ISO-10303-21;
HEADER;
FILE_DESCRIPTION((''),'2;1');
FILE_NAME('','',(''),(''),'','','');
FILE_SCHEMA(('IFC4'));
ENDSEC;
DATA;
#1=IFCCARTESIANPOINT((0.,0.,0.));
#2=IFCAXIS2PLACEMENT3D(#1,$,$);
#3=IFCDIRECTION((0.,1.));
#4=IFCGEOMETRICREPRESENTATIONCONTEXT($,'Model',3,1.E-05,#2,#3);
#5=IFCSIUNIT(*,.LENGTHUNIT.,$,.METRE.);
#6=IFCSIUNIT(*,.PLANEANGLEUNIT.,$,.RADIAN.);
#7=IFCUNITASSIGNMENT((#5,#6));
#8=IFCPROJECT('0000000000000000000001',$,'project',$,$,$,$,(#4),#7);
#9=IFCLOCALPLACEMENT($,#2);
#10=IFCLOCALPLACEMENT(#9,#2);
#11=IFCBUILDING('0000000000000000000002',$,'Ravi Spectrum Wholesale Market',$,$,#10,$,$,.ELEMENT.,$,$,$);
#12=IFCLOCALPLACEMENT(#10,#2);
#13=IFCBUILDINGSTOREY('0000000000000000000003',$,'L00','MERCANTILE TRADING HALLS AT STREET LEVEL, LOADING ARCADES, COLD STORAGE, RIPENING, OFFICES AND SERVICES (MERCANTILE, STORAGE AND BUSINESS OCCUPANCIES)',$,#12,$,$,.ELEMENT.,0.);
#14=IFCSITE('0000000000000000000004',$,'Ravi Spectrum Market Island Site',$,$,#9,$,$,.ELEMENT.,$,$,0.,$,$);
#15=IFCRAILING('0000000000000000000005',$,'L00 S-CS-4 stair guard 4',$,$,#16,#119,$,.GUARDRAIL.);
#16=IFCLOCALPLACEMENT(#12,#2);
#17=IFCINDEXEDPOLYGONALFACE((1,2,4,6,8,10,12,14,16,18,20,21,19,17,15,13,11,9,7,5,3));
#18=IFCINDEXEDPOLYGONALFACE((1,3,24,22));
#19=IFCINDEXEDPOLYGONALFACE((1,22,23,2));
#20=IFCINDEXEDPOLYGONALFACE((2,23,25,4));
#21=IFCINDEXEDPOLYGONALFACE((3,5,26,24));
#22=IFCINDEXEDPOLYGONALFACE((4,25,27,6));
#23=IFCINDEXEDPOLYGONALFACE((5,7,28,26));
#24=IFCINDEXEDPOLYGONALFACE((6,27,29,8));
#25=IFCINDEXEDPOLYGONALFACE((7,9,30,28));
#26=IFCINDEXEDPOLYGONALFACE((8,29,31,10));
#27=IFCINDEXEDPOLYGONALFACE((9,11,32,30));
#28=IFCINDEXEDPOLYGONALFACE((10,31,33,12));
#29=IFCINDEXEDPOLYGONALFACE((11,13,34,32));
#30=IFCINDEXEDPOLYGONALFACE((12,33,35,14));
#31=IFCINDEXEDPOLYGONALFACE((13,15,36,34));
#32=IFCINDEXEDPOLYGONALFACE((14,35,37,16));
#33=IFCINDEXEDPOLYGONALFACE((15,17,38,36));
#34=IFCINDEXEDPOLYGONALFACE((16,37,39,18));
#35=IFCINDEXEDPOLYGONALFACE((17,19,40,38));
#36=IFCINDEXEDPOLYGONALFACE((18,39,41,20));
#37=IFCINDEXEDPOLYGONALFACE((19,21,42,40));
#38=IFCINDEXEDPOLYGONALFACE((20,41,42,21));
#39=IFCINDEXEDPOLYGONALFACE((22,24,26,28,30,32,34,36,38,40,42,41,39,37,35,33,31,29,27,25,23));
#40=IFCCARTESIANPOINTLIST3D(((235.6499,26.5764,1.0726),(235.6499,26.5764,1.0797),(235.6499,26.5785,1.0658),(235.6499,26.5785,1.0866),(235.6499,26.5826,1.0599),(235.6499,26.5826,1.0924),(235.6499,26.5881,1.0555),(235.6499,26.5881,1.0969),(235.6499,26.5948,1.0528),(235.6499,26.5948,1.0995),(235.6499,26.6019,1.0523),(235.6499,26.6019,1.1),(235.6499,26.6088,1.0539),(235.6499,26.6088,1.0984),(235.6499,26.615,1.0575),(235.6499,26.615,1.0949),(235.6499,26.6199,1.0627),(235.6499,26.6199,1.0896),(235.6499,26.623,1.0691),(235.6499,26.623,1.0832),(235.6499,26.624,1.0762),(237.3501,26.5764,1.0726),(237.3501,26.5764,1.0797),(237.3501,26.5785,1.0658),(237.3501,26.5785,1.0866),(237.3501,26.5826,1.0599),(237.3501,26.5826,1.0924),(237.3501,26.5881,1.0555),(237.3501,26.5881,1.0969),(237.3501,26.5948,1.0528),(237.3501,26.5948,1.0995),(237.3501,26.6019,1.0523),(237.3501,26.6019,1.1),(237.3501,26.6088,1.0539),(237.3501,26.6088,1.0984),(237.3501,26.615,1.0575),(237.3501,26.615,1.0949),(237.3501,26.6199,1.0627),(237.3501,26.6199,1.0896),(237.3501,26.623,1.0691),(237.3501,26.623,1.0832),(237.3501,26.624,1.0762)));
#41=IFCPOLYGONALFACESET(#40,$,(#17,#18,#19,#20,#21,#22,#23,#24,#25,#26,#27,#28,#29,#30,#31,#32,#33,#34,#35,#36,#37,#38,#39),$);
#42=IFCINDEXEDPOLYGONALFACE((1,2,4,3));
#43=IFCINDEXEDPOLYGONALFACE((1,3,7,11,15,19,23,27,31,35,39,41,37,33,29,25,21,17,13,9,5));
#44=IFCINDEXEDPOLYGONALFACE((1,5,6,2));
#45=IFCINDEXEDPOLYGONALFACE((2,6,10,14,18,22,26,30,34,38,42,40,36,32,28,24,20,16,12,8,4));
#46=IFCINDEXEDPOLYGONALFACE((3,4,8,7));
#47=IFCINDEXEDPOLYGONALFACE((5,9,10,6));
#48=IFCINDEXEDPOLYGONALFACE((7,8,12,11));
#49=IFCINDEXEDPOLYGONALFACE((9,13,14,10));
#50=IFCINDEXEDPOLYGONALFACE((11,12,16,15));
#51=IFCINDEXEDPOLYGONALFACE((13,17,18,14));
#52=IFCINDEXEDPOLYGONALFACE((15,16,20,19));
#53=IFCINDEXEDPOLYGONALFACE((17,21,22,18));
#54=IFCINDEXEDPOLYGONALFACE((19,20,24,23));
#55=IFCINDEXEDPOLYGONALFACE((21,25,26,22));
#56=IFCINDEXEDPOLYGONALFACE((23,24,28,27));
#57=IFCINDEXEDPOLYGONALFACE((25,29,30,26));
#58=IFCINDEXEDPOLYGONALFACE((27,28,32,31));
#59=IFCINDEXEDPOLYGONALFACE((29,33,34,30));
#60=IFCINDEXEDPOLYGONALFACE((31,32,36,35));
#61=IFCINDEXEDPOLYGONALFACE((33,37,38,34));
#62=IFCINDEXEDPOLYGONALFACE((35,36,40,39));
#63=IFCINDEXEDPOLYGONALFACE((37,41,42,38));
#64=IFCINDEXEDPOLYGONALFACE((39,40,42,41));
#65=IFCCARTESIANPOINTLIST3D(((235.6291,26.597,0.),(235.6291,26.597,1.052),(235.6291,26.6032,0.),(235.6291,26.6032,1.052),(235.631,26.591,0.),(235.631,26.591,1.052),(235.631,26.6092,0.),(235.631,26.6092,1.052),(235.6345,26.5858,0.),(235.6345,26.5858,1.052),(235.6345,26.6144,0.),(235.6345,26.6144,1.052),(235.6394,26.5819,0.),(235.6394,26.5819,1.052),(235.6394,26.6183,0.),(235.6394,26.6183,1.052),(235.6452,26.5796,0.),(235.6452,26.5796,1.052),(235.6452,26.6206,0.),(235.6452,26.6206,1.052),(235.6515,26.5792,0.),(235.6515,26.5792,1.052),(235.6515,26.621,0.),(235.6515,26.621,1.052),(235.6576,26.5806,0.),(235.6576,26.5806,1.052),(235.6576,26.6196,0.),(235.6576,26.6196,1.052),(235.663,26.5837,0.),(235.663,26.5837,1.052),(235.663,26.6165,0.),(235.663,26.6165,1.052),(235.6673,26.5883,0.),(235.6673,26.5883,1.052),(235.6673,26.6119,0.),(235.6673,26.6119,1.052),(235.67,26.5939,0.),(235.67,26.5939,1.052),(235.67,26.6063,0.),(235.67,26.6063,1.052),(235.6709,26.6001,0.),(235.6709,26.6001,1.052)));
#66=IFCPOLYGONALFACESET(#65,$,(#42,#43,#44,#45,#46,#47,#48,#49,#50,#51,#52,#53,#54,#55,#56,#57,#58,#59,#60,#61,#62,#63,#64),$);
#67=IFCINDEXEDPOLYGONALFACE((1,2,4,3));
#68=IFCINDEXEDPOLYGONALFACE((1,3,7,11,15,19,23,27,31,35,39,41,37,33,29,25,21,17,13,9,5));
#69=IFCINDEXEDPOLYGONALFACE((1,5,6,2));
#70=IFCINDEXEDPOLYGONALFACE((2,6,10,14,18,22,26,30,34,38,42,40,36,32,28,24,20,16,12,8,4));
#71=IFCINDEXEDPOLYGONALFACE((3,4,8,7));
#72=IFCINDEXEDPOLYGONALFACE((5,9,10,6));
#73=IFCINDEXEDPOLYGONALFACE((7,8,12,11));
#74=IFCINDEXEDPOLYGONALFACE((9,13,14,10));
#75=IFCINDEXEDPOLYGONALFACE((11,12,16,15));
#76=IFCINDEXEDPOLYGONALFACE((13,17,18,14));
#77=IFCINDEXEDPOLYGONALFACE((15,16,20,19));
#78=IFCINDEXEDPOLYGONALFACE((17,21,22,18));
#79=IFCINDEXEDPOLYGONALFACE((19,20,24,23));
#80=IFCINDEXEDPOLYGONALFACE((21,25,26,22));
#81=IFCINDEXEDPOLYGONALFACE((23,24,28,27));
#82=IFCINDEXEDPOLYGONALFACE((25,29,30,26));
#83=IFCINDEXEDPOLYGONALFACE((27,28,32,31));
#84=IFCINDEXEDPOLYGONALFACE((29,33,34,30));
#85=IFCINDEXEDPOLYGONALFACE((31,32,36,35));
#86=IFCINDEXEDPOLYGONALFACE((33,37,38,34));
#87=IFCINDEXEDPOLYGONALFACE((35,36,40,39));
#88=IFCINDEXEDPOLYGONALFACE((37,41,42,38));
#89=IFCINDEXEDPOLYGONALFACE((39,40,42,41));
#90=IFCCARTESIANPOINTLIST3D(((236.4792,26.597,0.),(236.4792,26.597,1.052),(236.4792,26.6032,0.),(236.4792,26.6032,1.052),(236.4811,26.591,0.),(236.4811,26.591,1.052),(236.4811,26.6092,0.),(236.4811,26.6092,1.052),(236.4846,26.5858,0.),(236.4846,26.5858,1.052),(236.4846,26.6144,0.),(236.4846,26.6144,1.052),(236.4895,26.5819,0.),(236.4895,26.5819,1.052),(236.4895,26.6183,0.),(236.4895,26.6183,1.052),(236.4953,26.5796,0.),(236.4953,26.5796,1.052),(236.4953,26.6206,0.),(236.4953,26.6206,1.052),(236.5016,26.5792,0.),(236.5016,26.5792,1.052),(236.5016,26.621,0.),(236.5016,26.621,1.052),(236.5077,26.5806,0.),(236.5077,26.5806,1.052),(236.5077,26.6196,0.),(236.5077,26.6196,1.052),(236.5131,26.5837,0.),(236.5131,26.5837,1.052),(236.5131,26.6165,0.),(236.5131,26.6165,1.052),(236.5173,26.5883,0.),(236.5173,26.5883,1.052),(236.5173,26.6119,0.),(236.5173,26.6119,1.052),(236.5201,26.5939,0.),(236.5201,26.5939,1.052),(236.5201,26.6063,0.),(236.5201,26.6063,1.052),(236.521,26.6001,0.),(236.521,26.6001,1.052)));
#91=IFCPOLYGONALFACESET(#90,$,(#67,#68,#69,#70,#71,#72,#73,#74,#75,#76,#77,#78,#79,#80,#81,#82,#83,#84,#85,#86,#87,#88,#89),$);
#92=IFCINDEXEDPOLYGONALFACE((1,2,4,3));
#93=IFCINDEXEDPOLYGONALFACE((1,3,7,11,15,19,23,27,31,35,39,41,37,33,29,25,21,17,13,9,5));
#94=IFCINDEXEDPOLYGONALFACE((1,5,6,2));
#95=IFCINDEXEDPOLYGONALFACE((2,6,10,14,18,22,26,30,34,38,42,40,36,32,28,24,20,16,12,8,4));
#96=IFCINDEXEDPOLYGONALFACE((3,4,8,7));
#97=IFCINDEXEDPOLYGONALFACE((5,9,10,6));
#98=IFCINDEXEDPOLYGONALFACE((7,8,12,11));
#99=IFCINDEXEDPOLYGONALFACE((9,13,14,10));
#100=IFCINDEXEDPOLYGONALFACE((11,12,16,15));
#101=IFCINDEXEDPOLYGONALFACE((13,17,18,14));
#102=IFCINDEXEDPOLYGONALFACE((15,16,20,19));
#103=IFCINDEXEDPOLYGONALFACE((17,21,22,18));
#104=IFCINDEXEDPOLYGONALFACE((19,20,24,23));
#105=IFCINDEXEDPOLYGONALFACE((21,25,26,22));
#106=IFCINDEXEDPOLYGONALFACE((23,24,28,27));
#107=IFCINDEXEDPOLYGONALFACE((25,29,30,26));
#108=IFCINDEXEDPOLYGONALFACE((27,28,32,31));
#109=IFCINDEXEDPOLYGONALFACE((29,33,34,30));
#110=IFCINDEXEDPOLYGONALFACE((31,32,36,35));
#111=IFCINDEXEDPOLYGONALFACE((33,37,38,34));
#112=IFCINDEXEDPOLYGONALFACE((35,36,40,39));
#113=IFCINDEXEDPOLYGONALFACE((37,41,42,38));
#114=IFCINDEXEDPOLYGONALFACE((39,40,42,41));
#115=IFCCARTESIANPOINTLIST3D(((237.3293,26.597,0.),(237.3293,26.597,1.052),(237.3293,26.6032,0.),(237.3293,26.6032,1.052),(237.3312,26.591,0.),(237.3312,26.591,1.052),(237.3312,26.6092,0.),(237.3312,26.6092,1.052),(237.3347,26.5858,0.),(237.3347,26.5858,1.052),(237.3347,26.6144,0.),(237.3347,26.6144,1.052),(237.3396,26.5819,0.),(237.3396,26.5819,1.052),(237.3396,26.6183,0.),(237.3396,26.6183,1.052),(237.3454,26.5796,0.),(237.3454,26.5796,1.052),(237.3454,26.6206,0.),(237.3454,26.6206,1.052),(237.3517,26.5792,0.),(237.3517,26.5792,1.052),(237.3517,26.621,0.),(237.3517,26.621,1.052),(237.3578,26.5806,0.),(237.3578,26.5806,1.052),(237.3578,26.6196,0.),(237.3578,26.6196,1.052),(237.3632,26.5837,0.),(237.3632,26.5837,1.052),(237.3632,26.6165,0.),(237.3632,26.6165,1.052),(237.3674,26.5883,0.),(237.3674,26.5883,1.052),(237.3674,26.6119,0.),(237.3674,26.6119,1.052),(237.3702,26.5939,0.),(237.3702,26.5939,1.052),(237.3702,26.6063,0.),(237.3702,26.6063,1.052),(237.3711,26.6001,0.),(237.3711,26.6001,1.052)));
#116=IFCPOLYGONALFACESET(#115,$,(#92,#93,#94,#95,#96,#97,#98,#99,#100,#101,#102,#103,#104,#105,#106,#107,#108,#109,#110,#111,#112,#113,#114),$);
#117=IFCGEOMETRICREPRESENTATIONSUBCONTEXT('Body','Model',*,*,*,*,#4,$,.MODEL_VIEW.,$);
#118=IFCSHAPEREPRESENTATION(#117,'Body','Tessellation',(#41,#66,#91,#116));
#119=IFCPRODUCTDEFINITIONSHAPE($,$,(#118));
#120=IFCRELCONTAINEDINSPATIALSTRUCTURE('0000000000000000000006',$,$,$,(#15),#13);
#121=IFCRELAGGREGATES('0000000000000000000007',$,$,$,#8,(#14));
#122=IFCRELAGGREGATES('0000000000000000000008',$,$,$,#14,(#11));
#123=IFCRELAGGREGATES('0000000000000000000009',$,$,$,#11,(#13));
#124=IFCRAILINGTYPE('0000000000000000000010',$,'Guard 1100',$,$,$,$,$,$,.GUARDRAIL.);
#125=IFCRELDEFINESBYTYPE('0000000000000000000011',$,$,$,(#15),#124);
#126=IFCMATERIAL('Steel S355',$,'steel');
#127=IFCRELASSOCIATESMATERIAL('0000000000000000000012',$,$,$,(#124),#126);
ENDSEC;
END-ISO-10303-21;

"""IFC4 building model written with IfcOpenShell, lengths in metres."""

from ifc_helpers import new_model, si_unit, direction, frame, origin, origin_2d, place, context, subcontext, project, spatial, circle, extrude, material, type_object, element, save


model = new_model("IFC4")

# Units and contexts
model_context = context("Model", 3, precision=1e-05, world=origin(), true_north=direction((0.0, 1.0)))
body_context = subcontext(model_context, "Body", "Model", "MODEL_VIEW")
ifc_project = project(units=[si_unit("LENGTHUNIT", "METRE"), si_unit("PLANEANGLEUNIT", "RADIAN")], contexts=[model_context])

# Site, building, storey
site_placement = place(None, origin())
site = spatial("IfcSite", under=ifc_project, at=site_placement, Name="Ravi Spectrum Market Island Site", CompositionType="ELEMENT", RefElevation=0.0)
building_placement = place(site_placement, origin())
building = spatial("IfcBuilding", under=site, at=building_placement, Name="Ravi Spectrum Wholesale Market", CompositionType="ELEMENT")
storey_placement = place(building_placement, origin())
storey = spatial("IfcBuildingStorey", under=building, at=storey_placement, Name="L00", Description="MERCANTILE TRADING HALLS AT STREET LEVEL, LOADING ARCADES, COLD STORAGE, RIPENING, OFFICES AND SERVICES (MERCANTILE, STORAGE AND BUSINESS OCCUPANCIES)", CompositionType="ELEMENT", Elevation=0.0)

# Railing
ifc_material_1 = material(Name="Steel S355", Category="steel")
railing_type_1 = type_object("IfcRailingType", Name="Guard 1100", PredefinedType="GUARDRAIL", material=ifc_material_1)
railing_1_placement = place(storey_placement, frame((235.6499, 26.6001, 0.0)))
element("IfcRailing", 1, at=railing_1_placement, inside=storey, type_object=railing_type_1, Name="L00 S-CS-4 stair guard 4", PredefinedType="GUARDRAIL", context=body_context, shape_type="SweptSolid", body=[
    extrude(circle(Radius=0.0239, at=origin_2d()), frame((0.0, 0.0, 1.0762), z_axis=(1.0, 0.0, 0.0), x_axis=(0.0, 1.0, 0.0)), (0.0, 0.0, 1.0), 1.7002),
    extrude(circle(Radius=0.021, at=origin_2d()), origin(), (0.0, 0.0, 1.0), 1.052),
    extrude(circle(Radius=0.021, at=origin_2d()), frame((0.8501, 0.0, 0.0)), (0.0, 0.0, 1.0), 1.052),
    extrude(circle(Radius=0.021, at=origin_2d()), frame((1.7002, 0.0, 0.0)), (0.0, 0.0, 1.0), 1.052),
])

save(model, "model.ifc")
